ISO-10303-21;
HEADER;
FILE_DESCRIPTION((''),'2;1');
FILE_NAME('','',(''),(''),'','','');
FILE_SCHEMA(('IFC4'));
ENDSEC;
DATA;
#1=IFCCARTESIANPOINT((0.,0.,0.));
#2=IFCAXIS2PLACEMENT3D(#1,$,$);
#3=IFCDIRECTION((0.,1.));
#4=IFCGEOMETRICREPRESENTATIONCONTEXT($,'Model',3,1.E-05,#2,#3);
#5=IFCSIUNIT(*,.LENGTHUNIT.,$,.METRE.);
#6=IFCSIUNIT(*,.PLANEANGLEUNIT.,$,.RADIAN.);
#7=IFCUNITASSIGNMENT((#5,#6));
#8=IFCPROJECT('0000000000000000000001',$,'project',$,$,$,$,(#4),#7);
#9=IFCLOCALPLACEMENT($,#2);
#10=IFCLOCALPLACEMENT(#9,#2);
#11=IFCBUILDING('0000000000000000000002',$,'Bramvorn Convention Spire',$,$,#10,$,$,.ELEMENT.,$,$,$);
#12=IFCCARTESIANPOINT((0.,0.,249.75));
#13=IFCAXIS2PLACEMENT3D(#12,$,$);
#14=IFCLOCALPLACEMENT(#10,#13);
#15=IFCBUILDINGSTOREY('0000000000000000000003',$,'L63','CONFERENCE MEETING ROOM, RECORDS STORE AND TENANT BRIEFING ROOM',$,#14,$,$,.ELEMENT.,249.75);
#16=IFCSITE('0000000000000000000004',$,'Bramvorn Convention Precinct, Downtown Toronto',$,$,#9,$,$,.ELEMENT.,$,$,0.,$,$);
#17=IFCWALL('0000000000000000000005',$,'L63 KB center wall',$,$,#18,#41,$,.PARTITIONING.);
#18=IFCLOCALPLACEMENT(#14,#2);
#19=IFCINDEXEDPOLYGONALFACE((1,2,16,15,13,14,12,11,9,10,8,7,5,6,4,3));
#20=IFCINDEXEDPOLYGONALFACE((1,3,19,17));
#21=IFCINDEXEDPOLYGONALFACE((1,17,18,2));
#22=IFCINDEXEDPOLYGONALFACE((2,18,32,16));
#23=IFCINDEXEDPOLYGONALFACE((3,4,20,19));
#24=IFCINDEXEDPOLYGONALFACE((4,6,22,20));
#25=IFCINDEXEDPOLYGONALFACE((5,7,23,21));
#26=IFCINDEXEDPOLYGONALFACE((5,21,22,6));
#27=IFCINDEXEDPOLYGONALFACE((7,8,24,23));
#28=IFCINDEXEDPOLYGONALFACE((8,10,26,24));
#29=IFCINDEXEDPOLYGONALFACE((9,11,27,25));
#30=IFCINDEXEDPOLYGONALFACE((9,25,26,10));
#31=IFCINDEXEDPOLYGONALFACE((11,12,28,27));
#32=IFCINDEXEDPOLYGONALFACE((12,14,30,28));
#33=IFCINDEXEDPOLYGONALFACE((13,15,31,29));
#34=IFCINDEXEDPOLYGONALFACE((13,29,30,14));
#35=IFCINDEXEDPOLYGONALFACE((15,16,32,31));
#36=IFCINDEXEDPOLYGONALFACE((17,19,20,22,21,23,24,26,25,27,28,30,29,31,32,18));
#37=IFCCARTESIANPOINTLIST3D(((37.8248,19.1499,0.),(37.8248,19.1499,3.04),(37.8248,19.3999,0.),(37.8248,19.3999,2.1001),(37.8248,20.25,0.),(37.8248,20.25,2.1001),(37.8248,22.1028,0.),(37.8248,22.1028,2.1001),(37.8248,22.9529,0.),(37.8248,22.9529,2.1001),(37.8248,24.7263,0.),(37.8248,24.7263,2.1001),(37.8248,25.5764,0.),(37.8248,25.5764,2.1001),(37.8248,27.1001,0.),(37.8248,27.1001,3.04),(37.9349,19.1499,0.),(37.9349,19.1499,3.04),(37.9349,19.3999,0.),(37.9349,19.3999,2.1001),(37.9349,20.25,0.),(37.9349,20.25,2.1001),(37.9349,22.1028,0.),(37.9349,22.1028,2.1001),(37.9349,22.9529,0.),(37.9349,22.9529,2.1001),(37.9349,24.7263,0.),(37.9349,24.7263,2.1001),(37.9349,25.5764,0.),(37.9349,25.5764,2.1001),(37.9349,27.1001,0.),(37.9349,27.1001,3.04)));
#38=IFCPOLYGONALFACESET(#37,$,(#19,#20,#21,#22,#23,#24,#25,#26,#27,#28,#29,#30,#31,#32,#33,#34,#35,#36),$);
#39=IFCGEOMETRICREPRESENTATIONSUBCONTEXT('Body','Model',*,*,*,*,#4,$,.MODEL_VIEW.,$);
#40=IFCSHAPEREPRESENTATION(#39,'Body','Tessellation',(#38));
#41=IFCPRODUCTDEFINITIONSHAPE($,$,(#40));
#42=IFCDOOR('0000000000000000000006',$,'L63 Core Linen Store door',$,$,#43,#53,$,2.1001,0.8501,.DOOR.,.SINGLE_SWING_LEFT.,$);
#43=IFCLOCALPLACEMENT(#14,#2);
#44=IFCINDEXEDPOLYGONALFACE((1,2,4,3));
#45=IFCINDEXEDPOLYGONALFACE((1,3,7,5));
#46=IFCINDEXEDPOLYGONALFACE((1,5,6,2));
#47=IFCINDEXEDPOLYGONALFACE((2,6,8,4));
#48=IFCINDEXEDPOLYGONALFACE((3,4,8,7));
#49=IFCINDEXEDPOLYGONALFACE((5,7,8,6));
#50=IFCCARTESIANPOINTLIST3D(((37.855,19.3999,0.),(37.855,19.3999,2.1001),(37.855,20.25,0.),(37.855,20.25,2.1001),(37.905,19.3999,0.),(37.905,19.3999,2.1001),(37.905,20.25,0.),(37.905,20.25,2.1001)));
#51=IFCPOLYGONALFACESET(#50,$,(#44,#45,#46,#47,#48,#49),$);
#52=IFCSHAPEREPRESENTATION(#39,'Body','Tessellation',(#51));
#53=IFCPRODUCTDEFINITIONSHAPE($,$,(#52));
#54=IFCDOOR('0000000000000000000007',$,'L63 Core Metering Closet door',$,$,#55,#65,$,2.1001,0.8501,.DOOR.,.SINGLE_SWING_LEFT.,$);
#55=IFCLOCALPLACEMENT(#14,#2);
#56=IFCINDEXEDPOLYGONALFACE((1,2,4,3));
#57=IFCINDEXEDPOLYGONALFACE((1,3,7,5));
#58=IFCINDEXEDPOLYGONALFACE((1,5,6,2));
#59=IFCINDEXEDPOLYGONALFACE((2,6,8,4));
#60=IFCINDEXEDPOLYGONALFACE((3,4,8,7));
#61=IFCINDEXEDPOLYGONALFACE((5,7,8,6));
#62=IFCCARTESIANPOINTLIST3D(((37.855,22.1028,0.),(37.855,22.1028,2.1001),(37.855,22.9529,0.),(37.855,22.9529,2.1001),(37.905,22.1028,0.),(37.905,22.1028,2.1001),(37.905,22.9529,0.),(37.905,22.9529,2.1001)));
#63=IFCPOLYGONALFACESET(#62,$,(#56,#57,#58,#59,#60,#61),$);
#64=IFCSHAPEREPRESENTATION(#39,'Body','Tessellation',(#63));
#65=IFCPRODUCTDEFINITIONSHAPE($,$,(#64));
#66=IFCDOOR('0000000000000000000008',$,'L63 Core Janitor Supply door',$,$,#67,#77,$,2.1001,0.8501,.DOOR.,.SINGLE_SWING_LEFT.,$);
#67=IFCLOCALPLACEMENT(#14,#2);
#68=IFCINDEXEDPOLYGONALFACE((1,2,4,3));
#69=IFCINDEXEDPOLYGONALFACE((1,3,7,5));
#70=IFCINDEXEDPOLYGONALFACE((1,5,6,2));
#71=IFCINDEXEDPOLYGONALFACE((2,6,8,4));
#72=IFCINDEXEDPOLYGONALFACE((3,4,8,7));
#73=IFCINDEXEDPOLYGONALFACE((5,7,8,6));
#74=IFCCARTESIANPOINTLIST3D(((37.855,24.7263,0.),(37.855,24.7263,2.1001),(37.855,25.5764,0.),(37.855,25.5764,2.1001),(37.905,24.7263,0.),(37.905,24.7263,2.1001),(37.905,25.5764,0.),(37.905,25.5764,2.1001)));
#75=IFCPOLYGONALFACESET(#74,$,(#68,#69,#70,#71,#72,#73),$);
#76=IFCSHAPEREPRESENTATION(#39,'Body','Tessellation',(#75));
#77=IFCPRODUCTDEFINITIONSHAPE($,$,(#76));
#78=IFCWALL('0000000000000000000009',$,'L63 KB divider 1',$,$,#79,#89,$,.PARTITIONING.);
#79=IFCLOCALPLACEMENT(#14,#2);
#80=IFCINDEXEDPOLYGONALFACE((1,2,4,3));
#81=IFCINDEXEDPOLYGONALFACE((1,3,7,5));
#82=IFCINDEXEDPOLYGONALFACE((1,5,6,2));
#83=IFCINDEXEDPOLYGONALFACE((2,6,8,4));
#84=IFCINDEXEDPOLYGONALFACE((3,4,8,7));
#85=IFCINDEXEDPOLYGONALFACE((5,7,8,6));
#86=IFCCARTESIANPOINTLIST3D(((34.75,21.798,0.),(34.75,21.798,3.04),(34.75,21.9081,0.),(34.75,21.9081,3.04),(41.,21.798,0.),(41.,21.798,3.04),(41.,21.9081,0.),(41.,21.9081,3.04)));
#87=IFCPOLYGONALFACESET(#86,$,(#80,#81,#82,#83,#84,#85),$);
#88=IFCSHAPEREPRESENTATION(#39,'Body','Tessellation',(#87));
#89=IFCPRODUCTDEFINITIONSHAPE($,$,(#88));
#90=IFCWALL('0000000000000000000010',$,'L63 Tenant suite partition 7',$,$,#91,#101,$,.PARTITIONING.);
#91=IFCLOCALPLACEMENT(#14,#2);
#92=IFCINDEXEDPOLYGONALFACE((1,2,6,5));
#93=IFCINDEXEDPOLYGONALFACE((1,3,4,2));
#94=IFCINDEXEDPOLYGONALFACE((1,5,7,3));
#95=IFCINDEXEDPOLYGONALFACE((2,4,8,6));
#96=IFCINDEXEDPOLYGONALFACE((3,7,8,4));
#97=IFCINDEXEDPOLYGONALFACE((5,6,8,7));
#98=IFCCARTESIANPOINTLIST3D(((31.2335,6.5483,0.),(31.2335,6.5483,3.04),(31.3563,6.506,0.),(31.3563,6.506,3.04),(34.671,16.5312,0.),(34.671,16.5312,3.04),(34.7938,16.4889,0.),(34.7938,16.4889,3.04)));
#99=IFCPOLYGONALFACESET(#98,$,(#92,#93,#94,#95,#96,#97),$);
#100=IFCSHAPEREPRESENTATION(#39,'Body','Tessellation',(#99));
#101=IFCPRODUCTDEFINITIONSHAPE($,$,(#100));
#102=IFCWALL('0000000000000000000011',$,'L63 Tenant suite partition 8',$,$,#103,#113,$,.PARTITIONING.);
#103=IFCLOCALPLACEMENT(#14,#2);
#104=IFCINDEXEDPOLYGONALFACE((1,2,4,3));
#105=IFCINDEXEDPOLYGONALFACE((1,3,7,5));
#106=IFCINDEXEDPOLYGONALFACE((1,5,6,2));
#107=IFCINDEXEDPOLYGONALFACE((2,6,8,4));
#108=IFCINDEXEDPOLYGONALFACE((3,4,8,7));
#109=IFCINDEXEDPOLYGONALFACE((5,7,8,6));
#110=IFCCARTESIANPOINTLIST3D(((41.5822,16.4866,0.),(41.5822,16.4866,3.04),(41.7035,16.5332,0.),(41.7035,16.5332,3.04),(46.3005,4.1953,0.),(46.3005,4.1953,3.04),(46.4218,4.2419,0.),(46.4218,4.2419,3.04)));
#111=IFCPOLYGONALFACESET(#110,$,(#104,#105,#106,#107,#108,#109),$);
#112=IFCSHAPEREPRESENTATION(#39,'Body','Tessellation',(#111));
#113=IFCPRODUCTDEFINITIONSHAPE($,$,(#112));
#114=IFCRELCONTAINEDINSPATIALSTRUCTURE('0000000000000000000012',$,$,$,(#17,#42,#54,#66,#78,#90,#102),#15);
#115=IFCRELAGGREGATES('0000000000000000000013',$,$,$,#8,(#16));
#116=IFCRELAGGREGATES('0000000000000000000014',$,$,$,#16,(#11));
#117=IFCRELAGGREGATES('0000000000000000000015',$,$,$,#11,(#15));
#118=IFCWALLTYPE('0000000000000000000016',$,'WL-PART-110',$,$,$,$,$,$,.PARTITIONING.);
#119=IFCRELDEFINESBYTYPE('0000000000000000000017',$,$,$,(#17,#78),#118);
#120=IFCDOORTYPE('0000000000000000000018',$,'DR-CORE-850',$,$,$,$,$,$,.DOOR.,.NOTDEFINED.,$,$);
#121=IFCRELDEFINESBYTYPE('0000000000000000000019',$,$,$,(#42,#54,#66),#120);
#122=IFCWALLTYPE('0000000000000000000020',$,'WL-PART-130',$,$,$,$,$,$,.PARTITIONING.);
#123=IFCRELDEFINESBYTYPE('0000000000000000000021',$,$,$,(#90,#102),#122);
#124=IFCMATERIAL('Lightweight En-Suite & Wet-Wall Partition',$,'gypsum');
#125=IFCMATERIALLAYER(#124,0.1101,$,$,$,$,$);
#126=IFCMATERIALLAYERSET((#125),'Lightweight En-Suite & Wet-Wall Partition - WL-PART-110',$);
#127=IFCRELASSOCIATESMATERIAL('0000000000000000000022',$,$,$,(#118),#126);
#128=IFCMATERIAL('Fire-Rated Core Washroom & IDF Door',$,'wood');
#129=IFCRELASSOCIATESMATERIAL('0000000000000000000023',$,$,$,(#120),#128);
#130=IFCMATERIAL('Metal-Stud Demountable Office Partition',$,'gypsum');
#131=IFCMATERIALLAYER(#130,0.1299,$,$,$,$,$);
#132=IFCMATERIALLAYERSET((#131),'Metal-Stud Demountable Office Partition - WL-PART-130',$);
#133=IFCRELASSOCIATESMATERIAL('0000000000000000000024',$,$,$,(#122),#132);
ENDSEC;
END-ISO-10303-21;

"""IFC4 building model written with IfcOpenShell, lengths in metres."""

from ifc_helpers import new_model, si_unit, direction, frame, frame_2d, origin, place, context, subcontext, project, spatial, rectangle, extrude, material, layer, layer_set, type_object, element, fill, save


model = new_model("IFC4")

# Units and contexts
model_context = context("Model", 3, precision=1e-05, world=origin(), true_north=direction((0.0, 1.0)))
body_context = subcontext(model_context, "Body", "Model", "MODEL_VIEW")
ifc_project = project(units=[si_unit("LENGTHUNIT", "METRE"), si_unit("PLANEANGLEUNIT", "RADIAN")], contexts=[model_context])

# Site, building, storey
site_placement = place(None, origin())
site = spatial("IfcSite", under=ifc_project, at=site_placement, Name="Bramvorn Convention Precinct, Downtown Toronto", CompositionType="ELEMENT", RefElevation=0.0)
building_placement = place(site_placement, origin())
building = spatial("IfcBuilding", under=site, at=building_placement, Name="Bramvorn Convention Spire", CompositionType="ELEMENT")
storey_placement = place(building_placement, frame((0.0, 0.0, 249.75)))
storey = spatial("IfcBuildingStorey", under=building, at=storey_placement, Name="L63", Description="CONFERENCE MEETING ROOM, RECORDS STORE AND TENANT BRIEFING ROOM", CompositionType="ELEMENT", Elevation=249.75)

# Wall, openings, doors
ifc_material_1 = material(Name="Lightweight En-Suite & Wet-Wall Partition", Category="gypsum")
ifc_layer_1 = layer(ifc_material_1, 0.1101)
ifc_layer_set_1 = layer_set([ifc_layer_1], Name="Lightweight En-Suite & Wet-Wall Partition - WL-PART-110")
wall_type_1 = type_object("IfcWallType", Name="WL-PART-110", PredefinedType="PARTITIONING", material=ifc_layer_set_1)
wall_1_placement = place(storey_placement, frame((37.8799, 19.1499, 0.0), z_axis=(0.0, 0.0, 1.0), x_axis=(0.0, 1.0, 0.0)))
wall_1 = element("IfcWall", 1, at=wall_1_placement, inside=storey, type_object=wall_type_1, Name="L63 KB center wall", PredefinedType="PARTITIONING", context=body_context, shape_type="SweptSolid", body=[
    extrude(rectangle(XDim=7.9502, YDim=0.1101, at=frame_2d((3.9751, 0.0))), origin(), (0.0, 0.0, 1.0), 3.04),
])
opening_1_placement = place(wall_1_placement, frame((0.25, 0.0, 0.0)))
opening_1 = element("IfcOpeningElement", 2, at=opening_1_placement, cuts=wall_1, PredefinedType="OPENING", context=body_context, shape_type="SweptSolid", body=[
    extrude(rectangle(XDim=0.8501, YDim=2.1001, at=frame_2d((0.425, 1.05))), frame((0.0, 0.0649, 0.0), z_axis=(0.0, -1.0, 0.0), x_axis=(1.0, 0.0, 0.0)), (0.0, 0.0, 1.0), 0.1301),
])
opening_2_placement = place(wall_1_placement, frame((2.9529, 0.0, 0.0)))
opening_2 = element("IfcOpeningElement", 3, at=opening_2_placement, cuts=wall_1, PredefinedType="OPENING", context=body_context, shape_type="SweptSolid", body=[
    extrude(rectangle(XDim=0.8501, YDim=2.1001, at=frame_2d((0.425, 1.05))), frame((0.0, 0.0649, 0.0), z_axis=(0.0, -1.0, 0.0), x_axis=(1.0, 0.0, 0.0)), (0.0, 0.0, 1.0), 0.1301),
])
opening_3_placement = place(wall_1_placement, frame((5.5764, 0.0, 0.0)))
opening_3 = element("IfcOpeningElement", 4, at=opening_3_placement, cuts=wall_1, PredefinedType="OPENING", context=body_context, shape_type="SweptSolid", body=[
    extrude(rectangle(XDim=0.8501, YDim=2.1001, at=frame_2d((0.425, 1.05))), frame((0.0, 0.0649, 0.0), z_axis=(0.0, -1.0, 0.0), x_axis=(1.0, 0.0, 0.0)), (0.0, 0.0, 1.0), 0.1301),
])
ifc_material_2 = material(Name="Fire-Rated Core Washroom & IDF Door", Category="wood")
door_type_1 = type_object("IfcDoorType", Name="DR-CORE-850", OperationType="NOTDEFINED", PredefinedType="DOOR", material=ifc_material_2)
door_1_placement = place(opening_1_placement, origin())
door_1 = element("IfcDoor", 5, at=door_1_placement, inside=storey, type_object=door_type_1, Name="L63 Core Linen Store door", OperationType="SINGLE_SWING_LEFT", OverallHeight=2.1001, OverallWidth=0.8501, PredefinedType="DOOR", context=body_context, shape_type="SweptSolid", body=[
    extrude(rectangle(XDim=0.8501, YDim=2.1001, at=frame_2d((0.425, 1.05))), frame((0.0, 0.0249, 0.0), z_axis=(0.0, -1.0, 0.0), x_axis=(1.0, 0.0, 0.0)), (0.0, 0.0, 1.0), 0.05),
])
fill(opening_1, door_1)
door_2_placement = place(opening_2_placement, origin())
door_2 = element("IfcDoor", 6, at=door_2_placement, inside=storey, type_object=door_type_1, Name="L63 Core Metering Closet door", OperationType="SINGLE_SWING_LEFT", OverallHeight=2.1001, OverallWidth=0.8501, PredefinedType="DOOR", context=body_context, shape_type="SweptSolid", body=[
    extrude(rectangle(XDim=0.8501, YDim=2.1001, at=frame_2d((0.425, 1.05))), frame((0.0, 0.0249, 0.0), z_axis=(0.0, -1.0, 0.0), x_axis=(1.0, 0.0, 0.0)), (0.0, 0.0, 1.0), 0.05),
])
fill(opening_2, door_2)
door_3_placement = place(opening_3_placement, origin())
door_3 = element("IfcDoor", 7, at=door_3_placement, inside=storey, type_object=door_type_1, Name="L63 Core Janitor Supply door", OperationType="SINGLE_SWING_LEFT", OverallHeight=2.1001, OverallWidth=0.8501, PredefinedType="DOOR", context=body_context, shape_type="SweptSolid", body=[
    extrude(rectangle(XDim=0.8501, YDim=2.1001, at=frame_2d((0.425, 1.05))), frame((0.0, 0.0249, 0.0), z_axis=(0.0, -1.0, 0.0), x_axis=(1.0, 0.0, 0.0)), (0.0, 0.0, 1.0), 0.05),
])
fill(opening_3, door_3)

# Walls
wall_2_placement = place(storey_placement, frame((34.75, 21.853, 0.0), z_axis=(0.0, 0.0, 1.0), x_axis=(1.0, 0.0, 0.0)))
element("IfcWall", 8, at=wall_2_placement, inside=storey, type_object=wall_type_1, Name="L63 KB divider 1", PredefinedType="PARTITIONING", context=body_context, shape_type="SweptSolid", body=[
    extrude(rectangle(XDim=6.25, YDim=0.1101, at=frame_2d((3.125, 0.0))), origin(), (0.0, 0.0, 1.0), 3.04),
])
ifc_material_3 = material(Name="Metal-Stud Demountable Office Partition", Category="gypsum")
ifc_layer_2 = layer(ifc_material_3, 0.1299)
ifc_layer_set_2 = layer_set([ifc_layer_2], Name="Metal-Stud Demountable Office Partition - WL-PART-130")
wall_type_2 = type_object("IfcWallType", Name="WL-PART-130", PredefinedType="PARTITIONING", material=ifc_layer_set_2)
wall_3_placement = place(storey_placement, frame((34.7324, 16.51, 0.0), z_axis=(0.0, 0.0, 1.0), x_axis=(-0.325577, -0.945515, 0.0)))
element("IfcWall", 9, at=wall_3_placement, inside=storey, type_object=wall_type_2, Name="L63 Tenant suite partition 7", PredefinedType="PARTITIONING", context=body_context, shape_type="SweptSolid", body=[
    extrude(rectangle(XDim=10.5581, YDim=0.1299, at=frame_2d((5.2791, 0.0))), origin(), (0.0, 0.0, 1.0), 3.04),
])
wall_4_placement = place(storey_placement, frame((41.6428, 16.51, 0.0), z_axis=(0.0, 0.0, 1.0), x_axis=(0.358374, -0.933578, 0.0)))
element("IfcWall", 10, at=wall_4_placement, inside=storey, type_object=wall_type_2, Name="L63 Tenant suite partition 8", PredefinedType="PARTITIONING", context=body_context, shape_type="SweptSolid", body=[
    extrude(rectangle(XDim=13.1658, YDim=0.1299, at=frame_2d((6.583, 0.0))), origin(), (0.0, 0.0, 1.0), 3.04),
])

save(model, "model.ifc")
